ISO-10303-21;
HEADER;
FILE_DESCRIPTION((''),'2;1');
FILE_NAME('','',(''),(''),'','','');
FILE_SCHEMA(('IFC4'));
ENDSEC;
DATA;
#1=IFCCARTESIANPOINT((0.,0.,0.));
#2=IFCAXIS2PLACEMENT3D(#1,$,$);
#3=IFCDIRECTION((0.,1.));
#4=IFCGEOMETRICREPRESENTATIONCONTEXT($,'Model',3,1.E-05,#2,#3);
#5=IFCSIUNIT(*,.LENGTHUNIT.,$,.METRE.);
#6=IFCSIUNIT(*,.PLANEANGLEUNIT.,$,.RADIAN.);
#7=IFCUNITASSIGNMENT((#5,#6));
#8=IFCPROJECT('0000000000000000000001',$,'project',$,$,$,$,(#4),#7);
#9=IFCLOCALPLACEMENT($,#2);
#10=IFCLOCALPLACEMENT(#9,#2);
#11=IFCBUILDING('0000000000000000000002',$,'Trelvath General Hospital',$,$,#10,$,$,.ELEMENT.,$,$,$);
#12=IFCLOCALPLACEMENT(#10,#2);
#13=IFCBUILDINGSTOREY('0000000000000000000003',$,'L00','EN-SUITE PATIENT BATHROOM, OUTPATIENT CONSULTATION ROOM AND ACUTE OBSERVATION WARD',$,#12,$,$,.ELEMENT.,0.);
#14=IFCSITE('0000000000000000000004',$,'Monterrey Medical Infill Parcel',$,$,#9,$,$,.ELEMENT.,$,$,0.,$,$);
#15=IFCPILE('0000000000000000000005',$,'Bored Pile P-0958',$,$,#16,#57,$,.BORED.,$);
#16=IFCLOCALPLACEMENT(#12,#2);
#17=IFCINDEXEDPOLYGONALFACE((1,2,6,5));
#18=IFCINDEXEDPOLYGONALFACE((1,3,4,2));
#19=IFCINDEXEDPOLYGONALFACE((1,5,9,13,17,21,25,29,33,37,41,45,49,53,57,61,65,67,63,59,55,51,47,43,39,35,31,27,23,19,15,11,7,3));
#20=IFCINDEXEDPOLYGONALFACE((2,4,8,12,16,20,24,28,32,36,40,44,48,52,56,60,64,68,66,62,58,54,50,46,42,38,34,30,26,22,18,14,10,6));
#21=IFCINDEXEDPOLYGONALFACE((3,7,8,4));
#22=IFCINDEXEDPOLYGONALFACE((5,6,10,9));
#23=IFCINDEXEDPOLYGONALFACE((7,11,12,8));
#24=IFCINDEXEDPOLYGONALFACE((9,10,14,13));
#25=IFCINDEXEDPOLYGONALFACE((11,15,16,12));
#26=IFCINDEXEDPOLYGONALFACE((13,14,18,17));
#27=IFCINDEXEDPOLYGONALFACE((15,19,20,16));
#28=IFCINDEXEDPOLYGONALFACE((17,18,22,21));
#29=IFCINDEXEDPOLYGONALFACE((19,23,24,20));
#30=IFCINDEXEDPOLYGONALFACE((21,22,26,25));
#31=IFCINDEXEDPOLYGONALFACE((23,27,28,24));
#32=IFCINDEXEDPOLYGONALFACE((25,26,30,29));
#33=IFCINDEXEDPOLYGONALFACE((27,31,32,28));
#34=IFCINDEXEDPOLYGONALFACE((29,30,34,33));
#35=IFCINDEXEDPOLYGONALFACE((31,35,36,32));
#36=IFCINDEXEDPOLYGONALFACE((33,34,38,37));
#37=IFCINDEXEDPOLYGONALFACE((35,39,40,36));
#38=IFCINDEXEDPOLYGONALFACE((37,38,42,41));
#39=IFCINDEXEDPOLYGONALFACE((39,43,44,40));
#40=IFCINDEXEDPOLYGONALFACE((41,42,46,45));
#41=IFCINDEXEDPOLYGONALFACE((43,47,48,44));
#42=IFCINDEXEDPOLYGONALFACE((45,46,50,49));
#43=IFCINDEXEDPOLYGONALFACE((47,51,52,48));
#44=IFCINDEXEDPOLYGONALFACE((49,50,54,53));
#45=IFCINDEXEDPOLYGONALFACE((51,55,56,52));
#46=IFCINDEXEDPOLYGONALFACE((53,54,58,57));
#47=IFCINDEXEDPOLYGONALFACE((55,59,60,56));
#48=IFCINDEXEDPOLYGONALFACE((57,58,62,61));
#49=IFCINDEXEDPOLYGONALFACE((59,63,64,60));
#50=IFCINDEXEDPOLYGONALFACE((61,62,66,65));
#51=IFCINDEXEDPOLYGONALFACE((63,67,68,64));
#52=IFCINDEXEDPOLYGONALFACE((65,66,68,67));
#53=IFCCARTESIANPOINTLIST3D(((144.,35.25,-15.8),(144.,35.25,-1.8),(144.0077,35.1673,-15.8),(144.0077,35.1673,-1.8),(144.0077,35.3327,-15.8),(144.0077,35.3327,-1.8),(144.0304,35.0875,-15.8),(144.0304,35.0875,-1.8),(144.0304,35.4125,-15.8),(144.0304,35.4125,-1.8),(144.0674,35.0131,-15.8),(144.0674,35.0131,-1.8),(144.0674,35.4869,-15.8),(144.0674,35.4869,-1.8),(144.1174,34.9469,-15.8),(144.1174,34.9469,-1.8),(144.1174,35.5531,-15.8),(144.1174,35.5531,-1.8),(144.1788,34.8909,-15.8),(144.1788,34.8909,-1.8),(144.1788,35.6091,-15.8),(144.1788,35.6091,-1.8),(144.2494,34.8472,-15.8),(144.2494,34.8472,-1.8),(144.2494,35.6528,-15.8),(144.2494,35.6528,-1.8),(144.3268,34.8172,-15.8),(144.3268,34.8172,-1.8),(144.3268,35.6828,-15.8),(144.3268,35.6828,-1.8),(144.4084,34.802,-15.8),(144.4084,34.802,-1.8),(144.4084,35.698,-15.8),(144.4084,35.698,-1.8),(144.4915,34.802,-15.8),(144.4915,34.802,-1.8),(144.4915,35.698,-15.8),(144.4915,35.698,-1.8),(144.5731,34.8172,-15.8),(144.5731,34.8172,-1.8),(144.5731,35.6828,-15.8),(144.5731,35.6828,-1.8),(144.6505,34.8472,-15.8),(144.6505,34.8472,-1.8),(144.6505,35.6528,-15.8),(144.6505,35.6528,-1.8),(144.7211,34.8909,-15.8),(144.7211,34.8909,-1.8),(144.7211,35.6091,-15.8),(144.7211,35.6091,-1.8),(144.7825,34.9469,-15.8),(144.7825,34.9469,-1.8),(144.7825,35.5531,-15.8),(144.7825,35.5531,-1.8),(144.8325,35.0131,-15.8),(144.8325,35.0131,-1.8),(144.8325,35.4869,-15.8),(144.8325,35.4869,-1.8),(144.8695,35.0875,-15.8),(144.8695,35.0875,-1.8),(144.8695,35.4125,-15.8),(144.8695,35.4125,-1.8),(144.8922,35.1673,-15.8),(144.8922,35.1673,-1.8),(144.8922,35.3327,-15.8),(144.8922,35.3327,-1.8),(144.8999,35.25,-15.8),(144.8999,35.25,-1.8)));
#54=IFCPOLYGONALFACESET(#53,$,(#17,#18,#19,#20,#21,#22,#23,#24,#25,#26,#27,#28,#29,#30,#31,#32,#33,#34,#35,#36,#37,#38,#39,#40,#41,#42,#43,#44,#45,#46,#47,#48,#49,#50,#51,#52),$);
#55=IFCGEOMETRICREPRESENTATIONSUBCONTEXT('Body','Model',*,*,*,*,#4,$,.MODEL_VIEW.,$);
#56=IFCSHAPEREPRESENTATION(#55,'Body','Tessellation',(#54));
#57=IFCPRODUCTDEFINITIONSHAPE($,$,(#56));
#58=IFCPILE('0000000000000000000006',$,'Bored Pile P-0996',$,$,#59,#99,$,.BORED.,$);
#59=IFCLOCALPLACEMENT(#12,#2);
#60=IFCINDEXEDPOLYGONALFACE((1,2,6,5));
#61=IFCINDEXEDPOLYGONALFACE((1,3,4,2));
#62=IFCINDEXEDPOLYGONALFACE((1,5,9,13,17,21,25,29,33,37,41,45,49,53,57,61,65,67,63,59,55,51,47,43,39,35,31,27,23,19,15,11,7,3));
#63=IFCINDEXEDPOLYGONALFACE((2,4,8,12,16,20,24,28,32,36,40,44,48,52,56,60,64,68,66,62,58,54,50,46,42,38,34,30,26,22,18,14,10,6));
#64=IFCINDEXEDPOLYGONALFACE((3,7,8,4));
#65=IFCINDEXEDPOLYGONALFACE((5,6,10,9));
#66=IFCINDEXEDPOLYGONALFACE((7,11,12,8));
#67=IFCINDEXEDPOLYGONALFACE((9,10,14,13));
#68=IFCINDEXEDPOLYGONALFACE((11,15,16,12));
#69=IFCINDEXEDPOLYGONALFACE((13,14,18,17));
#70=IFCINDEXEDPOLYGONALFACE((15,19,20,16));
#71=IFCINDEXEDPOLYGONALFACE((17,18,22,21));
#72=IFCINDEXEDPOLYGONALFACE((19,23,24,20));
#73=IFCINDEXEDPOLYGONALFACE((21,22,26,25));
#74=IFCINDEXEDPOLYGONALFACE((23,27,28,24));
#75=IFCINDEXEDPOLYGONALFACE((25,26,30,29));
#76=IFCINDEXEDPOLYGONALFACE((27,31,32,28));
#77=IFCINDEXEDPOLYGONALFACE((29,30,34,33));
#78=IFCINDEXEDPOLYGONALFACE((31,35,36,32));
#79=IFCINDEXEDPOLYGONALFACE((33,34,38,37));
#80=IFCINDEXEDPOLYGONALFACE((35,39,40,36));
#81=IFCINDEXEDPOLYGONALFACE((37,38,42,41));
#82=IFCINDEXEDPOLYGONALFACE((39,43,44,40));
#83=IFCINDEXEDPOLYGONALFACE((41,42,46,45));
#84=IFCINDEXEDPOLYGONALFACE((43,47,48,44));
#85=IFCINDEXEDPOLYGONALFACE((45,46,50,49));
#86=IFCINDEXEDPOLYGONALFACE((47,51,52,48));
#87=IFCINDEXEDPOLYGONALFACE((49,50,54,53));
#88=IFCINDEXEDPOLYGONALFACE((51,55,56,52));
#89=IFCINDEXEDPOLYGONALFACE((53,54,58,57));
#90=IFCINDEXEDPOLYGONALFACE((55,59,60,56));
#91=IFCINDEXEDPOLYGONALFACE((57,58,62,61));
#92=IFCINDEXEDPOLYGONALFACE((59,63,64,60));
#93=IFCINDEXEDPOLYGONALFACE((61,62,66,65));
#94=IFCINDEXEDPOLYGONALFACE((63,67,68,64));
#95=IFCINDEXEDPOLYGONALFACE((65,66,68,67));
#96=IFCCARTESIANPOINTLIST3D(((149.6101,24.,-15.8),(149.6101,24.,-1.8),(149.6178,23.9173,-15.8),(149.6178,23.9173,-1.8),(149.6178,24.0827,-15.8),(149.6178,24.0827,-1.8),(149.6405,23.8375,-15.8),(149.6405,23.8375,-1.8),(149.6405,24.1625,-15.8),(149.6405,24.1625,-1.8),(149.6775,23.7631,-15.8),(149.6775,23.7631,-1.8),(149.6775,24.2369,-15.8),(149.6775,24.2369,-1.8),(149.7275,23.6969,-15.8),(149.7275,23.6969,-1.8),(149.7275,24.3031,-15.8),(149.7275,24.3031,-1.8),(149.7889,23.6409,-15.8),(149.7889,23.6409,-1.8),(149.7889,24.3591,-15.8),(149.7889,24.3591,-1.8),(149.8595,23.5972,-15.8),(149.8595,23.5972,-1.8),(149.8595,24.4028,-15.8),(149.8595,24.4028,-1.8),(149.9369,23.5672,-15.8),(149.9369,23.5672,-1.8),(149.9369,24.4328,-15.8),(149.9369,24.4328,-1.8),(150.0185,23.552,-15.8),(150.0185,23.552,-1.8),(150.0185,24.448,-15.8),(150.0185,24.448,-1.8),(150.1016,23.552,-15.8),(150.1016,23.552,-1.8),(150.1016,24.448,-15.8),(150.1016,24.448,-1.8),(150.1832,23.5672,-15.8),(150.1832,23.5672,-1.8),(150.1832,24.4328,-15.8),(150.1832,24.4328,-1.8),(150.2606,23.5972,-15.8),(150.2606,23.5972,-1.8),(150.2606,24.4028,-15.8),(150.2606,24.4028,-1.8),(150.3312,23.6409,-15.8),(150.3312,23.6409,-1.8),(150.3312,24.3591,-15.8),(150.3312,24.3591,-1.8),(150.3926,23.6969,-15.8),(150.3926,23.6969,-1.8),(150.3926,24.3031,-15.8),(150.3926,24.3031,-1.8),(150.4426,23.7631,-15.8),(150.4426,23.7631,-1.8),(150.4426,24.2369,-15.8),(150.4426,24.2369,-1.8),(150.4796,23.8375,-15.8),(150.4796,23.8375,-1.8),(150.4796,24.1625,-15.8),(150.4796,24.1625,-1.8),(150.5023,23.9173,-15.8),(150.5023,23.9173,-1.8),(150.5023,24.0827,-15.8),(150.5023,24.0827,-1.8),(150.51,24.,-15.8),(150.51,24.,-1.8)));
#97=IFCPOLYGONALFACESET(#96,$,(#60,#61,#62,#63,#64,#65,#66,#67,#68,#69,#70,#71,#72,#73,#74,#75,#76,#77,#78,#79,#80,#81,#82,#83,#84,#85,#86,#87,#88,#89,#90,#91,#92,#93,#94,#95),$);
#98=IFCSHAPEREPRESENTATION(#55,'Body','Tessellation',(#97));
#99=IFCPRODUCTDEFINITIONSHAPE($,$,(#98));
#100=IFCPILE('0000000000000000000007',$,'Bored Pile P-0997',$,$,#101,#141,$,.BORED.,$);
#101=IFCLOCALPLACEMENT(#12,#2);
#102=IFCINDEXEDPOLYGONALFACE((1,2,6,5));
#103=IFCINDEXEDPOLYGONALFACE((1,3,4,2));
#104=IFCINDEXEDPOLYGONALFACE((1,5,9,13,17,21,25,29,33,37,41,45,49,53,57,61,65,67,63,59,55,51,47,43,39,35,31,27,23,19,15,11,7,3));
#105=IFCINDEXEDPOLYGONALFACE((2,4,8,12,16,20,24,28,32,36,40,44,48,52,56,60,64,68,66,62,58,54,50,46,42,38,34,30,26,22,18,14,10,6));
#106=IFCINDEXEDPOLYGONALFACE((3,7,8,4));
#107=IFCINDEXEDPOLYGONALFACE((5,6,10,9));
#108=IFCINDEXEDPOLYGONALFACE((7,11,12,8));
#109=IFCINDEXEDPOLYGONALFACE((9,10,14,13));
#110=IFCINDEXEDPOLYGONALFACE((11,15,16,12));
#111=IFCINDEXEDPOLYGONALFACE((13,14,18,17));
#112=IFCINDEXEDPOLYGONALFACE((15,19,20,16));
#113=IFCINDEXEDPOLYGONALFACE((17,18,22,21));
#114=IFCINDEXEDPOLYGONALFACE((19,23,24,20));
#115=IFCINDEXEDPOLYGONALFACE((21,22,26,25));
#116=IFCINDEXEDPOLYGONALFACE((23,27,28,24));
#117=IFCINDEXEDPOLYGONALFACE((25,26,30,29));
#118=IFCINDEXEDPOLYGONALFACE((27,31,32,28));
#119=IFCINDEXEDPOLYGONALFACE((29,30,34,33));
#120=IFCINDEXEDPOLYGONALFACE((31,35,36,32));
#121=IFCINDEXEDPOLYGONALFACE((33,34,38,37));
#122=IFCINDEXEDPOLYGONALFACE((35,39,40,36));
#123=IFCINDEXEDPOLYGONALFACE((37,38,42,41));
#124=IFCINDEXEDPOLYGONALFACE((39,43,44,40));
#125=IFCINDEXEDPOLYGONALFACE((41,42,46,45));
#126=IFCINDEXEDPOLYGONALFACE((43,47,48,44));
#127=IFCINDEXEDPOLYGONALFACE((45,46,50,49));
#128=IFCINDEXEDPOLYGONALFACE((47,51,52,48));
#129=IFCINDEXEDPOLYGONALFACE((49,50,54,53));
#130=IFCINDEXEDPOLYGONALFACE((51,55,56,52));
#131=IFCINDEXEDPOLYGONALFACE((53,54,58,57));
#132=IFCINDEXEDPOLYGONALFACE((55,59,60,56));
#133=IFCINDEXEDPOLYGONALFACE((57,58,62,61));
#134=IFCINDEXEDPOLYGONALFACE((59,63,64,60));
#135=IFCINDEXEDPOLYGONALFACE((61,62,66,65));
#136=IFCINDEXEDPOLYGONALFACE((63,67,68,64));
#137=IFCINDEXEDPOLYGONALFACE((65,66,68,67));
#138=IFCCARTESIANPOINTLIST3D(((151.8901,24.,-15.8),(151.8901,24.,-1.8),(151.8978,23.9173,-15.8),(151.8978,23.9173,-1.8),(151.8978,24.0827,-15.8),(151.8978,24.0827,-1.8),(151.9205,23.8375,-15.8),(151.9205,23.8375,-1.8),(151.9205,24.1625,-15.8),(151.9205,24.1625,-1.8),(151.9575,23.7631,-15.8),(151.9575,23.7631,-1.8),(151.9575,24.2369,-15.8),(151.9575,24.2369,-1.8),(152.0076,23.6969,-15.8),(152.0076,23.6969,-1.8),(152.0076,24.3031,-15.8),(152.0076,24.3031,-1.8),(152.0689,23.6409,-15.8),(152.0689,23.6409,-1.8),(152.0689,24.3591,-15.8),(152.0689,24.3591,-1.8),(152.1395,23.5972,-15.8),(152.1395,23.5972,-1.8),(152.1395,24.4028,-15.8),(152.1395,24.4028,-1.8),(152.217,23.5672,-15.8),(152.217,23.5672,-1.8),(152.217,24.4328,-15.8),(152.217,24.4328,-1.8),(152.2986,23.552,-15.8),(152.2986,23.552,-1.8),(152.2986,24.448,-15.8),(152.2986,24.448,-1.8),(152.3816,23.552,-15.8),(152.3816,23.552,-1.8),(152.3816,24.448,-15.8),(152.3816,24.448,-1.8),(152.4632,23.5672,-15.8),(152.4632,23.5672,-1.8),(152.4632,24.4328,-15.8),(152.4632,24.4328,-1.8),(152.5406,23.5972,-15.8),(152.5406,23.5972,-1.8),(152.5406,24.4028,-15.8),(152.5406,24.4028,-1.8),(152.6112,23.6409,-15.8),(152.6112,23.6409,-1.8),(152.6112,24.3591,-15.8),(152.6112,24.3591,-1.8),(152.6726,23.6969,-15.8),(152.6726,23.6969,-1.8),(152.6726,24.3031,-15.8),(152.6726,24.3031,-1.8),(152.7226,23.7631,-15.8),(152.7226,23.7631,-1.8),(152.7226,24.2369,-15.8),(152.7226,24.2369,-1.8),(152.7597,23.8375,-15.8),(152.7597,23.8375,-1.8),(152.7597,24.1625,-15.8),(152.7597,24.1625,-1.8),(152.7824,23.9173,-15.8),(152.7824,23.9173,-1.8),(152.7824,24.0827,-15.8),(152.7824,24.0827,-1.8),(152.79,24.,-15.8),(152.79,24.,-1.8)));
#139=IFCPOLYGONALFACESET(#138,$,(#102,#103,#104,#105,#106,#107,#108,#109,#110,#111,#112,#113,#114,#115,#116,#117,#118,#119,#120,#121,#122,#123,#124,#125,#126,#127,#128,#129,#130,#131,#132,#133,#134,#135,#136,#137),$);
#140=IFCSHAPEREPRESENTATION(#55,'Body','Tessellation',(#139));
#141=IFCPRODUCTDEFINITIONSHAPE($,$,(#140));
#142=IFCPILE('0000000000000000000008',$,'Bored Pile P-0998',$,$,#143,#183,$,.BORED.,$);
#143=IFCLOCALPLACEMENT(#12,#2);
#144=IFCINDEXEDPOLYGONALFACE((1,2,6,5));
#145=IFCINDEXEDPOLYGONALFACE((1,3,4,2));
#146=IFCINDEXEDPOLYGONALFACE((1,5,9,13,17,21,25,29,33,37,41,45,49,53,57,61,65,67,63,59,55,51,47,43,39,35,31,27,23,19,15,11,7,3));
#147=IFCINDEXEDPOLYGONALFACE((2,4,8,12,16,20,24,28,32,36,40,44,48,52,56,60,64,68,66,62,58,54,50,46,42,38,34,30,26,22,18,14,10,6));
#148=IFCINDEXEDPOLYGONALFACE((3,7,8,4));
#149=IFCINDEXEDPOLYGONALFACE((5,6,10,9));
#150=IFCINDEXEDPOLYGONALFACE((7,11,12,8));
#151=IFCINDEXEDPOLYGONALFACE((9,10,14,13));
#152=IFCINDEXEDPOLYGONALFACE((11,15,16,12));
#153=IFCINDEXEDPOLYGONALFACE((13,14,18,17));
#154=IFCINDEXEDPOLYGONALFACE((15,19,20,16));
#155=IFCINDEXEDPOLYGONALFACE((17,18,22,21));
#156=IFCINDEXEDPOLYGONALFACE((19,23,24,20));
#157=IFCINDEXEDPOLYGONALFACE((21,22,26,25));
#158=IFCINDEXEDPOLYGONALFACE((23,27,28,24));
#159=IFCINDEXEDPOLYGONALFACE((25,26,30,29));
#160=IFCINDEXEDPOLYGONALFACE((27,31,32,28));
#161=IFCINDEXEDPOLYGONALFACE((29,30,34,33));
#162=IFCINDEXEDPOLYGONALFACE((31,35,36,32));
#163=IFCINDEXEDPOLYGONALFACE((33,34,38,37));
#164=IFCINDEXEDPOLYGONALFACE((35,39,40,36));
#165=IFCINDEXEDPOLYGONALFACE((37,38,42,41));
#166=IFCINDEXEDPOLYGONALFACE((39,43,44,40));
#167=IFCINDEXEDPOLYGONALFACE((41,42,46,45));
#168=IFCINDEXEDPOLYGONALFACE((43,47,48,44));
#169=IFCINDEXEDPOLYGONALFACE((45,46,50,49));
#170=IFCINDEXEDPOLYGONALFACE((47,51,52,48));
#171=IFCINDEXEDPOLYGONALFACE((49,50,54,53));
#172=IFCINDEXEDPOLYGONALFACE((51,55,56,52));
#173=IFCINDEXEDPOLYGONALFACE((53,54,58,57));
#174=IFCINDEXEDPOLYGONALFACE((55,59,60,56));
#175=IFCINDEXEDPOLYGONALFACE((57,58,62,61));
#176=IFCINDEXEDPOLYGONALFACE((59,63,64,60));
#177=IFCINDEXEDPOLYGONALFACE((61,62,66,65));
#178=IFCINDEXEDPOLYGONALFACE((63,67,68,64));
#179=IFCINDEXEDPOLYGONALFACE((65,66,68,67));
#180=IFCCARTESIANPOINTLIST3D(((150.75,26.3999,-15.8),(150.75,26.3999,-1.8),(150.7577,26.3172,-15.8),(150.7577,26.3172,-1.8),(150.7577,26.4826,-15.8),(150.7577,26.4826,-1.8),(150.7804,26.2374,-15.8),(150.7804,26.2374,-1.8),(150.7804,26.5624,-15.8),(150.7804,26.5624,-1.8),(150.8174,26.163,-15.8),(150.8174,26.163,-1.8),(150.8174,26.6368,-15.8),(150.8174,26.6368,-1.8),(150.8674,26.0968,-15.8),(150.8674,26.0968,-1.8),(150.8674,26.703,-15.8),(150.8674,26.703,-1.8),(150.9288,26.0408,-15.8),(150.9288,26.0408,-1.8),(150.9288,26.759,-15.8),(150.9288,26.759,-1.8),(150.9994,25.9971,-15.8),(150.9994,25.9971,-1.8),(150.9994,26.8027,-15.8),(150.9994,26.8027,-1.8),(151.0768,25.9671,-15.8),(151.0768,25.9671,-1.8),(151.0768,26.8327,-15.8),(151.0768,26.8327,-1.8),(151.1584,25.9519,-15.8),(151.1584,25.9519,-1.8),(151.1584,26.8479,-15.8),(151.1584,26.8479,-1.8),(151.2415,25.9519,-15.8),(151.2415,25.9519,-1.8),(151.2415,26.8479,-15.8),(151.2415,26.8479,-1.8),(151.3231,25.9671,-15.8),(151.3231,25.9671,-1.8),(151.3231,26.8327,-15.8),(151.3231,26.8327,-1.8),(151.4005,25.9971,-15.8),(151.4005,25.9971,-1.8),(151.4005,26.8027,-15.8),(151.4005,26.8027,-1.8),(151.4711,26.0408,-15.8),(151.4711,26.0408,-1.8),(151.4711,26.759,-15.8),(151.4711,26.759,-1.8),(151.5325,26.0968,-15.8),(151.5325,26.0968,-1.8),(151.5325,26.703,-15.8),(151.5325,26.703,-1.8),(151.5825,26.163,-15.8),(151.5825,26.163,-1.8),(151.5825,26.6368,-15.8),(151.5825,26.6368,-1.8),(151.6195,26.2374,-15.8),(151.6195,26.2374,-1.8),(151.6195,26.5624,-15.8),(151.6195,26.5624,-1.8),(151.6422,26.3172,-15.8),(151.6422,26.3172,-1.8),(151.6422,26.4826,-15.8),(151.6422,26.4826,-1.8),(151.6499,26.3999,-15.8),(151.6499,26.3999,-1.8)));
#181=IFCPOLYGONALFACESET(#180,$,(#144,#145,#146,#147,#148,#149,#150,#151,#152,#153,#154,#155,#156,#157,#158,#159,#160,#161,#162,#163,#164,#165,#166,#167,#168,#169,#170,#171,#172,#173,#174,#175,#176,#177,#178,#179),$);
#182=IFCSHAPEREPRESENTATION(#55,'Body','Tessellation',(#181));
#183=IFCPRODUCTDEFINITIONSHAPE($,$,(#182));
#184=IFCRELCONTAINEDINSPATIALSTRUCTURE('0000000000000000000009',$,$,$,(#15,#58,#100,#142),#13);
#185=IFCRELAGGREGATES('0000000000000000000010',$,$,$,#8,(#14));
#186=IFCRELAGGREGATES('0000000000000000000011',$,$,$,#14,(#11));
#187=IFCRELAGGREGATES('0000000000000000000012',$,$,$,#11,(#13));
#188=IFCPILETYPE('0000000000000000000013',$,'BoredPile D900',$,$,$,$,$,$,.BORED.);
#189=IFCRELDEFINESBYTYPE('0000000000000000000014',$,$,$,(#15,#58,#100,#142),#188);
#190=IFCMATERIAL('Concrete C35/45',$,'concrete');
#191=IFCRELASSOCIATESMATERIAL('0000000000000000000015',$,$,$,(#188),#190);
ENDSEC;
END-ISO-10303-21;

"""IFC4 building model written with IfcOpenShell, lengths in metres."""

from ifc_helpers import new_model, si_unit, direction, frame, origin, origin_2d, place, context, subcontext, project, spatial, circle, extrude, material, material_profile, profile_set, type_object, element, save


model = new_model("IFC4")

# Units and contexts
model_context = context("Model", 3, precision=1e-05, world=origin(), true_north=direction((0.0, 1.0)))
body_context = subcontext(model_context, "Body", "Model", "MODEL_VIEW")
ifc_project = project(units=[si_unit("LENGTHUNIT", "METRE"), si_unit("PLANEANGLEUNIT", "RADIAN")], contexts=[model_context])

# Site, building, storey
site_placement = place(None, origin())
site = spatial("IfcSite", under=ifc_project, at=site_placement, Name="Monterrey Medical Infill Parcel", CompositionType="ELEMENT", RefElevation=0.0)
building_placement = place(site_placement, origin())
building = spatial("IfcBuilding", under=site, at=building_placement, Name="Trelvath General Hospital", CompositionType="ELEMENT")
storey_placement = place(building_placement, origin())
storey = spatial("IfcBuildingStorey", under=building, at=storey_placement, Name="L00", Description="EN-SUITE PATIENT BATHROOM, OUTPATIENT CONSULTATION ROOM AND ACUTE OBSERVATION WARD", CompositionType="ELEMENT", Elevation=0.0)

# Piles
ifc_material_1 = material(Name="Concrete C35/45", Category="concrete")
ifc_material_profile_1 = material_profile(ifc_material_1, circle(Radius=0.45, at=origin_2d()), Name="PILE900")
ifc_profile_set_1 = profile_set([ifc_material_profile_1], Name="Concrete C35/45")
pile_type_1 = type_object("IfcPileType", Name="BoredPile D900", PredefinedType="BORED", material=ifc_profile_set_1)
for number, where, z_axis, x_axis, name in (
    (1, (144.45, 35.25, -1.8), (0.0, 0.0, -1.0), (1.0, 0.0, 0.0), "Bored Pile P-0958"),
    (2, (150.0601, 24.0, -1.8), (0.0, 0.0, -1.0), (1.0, 0.0, 0.0), "Bored Pile P-0996"),
    (3, (152.3401, 24.0, -1.8), (0.0, 0.0, -1.0), (1.0, 0.0, 0.0), "Bored Pile P-0997"),
    (4, (151.2, 26.3999, -1.8), (0.0, 0.0, -1.0), (1.0, 0.0, 0.0), "Bored Pile P-0998"),
):
    element("IfcPile", number, at=place(storey_placement, frame(where, z_axis=z_axis, x_axis=x_axis)), inside=storey, type_object=pile_type_1, Name=name, PredefinedType="BORED", context=body_context, shape_type="SweptSolid", body=[
        extrude(circle(Radius=0.45, at=origin_2d()), origin(), (0.0, 0.0, 1.0), 14.0),
    ])

save(model, "model.ifc")
